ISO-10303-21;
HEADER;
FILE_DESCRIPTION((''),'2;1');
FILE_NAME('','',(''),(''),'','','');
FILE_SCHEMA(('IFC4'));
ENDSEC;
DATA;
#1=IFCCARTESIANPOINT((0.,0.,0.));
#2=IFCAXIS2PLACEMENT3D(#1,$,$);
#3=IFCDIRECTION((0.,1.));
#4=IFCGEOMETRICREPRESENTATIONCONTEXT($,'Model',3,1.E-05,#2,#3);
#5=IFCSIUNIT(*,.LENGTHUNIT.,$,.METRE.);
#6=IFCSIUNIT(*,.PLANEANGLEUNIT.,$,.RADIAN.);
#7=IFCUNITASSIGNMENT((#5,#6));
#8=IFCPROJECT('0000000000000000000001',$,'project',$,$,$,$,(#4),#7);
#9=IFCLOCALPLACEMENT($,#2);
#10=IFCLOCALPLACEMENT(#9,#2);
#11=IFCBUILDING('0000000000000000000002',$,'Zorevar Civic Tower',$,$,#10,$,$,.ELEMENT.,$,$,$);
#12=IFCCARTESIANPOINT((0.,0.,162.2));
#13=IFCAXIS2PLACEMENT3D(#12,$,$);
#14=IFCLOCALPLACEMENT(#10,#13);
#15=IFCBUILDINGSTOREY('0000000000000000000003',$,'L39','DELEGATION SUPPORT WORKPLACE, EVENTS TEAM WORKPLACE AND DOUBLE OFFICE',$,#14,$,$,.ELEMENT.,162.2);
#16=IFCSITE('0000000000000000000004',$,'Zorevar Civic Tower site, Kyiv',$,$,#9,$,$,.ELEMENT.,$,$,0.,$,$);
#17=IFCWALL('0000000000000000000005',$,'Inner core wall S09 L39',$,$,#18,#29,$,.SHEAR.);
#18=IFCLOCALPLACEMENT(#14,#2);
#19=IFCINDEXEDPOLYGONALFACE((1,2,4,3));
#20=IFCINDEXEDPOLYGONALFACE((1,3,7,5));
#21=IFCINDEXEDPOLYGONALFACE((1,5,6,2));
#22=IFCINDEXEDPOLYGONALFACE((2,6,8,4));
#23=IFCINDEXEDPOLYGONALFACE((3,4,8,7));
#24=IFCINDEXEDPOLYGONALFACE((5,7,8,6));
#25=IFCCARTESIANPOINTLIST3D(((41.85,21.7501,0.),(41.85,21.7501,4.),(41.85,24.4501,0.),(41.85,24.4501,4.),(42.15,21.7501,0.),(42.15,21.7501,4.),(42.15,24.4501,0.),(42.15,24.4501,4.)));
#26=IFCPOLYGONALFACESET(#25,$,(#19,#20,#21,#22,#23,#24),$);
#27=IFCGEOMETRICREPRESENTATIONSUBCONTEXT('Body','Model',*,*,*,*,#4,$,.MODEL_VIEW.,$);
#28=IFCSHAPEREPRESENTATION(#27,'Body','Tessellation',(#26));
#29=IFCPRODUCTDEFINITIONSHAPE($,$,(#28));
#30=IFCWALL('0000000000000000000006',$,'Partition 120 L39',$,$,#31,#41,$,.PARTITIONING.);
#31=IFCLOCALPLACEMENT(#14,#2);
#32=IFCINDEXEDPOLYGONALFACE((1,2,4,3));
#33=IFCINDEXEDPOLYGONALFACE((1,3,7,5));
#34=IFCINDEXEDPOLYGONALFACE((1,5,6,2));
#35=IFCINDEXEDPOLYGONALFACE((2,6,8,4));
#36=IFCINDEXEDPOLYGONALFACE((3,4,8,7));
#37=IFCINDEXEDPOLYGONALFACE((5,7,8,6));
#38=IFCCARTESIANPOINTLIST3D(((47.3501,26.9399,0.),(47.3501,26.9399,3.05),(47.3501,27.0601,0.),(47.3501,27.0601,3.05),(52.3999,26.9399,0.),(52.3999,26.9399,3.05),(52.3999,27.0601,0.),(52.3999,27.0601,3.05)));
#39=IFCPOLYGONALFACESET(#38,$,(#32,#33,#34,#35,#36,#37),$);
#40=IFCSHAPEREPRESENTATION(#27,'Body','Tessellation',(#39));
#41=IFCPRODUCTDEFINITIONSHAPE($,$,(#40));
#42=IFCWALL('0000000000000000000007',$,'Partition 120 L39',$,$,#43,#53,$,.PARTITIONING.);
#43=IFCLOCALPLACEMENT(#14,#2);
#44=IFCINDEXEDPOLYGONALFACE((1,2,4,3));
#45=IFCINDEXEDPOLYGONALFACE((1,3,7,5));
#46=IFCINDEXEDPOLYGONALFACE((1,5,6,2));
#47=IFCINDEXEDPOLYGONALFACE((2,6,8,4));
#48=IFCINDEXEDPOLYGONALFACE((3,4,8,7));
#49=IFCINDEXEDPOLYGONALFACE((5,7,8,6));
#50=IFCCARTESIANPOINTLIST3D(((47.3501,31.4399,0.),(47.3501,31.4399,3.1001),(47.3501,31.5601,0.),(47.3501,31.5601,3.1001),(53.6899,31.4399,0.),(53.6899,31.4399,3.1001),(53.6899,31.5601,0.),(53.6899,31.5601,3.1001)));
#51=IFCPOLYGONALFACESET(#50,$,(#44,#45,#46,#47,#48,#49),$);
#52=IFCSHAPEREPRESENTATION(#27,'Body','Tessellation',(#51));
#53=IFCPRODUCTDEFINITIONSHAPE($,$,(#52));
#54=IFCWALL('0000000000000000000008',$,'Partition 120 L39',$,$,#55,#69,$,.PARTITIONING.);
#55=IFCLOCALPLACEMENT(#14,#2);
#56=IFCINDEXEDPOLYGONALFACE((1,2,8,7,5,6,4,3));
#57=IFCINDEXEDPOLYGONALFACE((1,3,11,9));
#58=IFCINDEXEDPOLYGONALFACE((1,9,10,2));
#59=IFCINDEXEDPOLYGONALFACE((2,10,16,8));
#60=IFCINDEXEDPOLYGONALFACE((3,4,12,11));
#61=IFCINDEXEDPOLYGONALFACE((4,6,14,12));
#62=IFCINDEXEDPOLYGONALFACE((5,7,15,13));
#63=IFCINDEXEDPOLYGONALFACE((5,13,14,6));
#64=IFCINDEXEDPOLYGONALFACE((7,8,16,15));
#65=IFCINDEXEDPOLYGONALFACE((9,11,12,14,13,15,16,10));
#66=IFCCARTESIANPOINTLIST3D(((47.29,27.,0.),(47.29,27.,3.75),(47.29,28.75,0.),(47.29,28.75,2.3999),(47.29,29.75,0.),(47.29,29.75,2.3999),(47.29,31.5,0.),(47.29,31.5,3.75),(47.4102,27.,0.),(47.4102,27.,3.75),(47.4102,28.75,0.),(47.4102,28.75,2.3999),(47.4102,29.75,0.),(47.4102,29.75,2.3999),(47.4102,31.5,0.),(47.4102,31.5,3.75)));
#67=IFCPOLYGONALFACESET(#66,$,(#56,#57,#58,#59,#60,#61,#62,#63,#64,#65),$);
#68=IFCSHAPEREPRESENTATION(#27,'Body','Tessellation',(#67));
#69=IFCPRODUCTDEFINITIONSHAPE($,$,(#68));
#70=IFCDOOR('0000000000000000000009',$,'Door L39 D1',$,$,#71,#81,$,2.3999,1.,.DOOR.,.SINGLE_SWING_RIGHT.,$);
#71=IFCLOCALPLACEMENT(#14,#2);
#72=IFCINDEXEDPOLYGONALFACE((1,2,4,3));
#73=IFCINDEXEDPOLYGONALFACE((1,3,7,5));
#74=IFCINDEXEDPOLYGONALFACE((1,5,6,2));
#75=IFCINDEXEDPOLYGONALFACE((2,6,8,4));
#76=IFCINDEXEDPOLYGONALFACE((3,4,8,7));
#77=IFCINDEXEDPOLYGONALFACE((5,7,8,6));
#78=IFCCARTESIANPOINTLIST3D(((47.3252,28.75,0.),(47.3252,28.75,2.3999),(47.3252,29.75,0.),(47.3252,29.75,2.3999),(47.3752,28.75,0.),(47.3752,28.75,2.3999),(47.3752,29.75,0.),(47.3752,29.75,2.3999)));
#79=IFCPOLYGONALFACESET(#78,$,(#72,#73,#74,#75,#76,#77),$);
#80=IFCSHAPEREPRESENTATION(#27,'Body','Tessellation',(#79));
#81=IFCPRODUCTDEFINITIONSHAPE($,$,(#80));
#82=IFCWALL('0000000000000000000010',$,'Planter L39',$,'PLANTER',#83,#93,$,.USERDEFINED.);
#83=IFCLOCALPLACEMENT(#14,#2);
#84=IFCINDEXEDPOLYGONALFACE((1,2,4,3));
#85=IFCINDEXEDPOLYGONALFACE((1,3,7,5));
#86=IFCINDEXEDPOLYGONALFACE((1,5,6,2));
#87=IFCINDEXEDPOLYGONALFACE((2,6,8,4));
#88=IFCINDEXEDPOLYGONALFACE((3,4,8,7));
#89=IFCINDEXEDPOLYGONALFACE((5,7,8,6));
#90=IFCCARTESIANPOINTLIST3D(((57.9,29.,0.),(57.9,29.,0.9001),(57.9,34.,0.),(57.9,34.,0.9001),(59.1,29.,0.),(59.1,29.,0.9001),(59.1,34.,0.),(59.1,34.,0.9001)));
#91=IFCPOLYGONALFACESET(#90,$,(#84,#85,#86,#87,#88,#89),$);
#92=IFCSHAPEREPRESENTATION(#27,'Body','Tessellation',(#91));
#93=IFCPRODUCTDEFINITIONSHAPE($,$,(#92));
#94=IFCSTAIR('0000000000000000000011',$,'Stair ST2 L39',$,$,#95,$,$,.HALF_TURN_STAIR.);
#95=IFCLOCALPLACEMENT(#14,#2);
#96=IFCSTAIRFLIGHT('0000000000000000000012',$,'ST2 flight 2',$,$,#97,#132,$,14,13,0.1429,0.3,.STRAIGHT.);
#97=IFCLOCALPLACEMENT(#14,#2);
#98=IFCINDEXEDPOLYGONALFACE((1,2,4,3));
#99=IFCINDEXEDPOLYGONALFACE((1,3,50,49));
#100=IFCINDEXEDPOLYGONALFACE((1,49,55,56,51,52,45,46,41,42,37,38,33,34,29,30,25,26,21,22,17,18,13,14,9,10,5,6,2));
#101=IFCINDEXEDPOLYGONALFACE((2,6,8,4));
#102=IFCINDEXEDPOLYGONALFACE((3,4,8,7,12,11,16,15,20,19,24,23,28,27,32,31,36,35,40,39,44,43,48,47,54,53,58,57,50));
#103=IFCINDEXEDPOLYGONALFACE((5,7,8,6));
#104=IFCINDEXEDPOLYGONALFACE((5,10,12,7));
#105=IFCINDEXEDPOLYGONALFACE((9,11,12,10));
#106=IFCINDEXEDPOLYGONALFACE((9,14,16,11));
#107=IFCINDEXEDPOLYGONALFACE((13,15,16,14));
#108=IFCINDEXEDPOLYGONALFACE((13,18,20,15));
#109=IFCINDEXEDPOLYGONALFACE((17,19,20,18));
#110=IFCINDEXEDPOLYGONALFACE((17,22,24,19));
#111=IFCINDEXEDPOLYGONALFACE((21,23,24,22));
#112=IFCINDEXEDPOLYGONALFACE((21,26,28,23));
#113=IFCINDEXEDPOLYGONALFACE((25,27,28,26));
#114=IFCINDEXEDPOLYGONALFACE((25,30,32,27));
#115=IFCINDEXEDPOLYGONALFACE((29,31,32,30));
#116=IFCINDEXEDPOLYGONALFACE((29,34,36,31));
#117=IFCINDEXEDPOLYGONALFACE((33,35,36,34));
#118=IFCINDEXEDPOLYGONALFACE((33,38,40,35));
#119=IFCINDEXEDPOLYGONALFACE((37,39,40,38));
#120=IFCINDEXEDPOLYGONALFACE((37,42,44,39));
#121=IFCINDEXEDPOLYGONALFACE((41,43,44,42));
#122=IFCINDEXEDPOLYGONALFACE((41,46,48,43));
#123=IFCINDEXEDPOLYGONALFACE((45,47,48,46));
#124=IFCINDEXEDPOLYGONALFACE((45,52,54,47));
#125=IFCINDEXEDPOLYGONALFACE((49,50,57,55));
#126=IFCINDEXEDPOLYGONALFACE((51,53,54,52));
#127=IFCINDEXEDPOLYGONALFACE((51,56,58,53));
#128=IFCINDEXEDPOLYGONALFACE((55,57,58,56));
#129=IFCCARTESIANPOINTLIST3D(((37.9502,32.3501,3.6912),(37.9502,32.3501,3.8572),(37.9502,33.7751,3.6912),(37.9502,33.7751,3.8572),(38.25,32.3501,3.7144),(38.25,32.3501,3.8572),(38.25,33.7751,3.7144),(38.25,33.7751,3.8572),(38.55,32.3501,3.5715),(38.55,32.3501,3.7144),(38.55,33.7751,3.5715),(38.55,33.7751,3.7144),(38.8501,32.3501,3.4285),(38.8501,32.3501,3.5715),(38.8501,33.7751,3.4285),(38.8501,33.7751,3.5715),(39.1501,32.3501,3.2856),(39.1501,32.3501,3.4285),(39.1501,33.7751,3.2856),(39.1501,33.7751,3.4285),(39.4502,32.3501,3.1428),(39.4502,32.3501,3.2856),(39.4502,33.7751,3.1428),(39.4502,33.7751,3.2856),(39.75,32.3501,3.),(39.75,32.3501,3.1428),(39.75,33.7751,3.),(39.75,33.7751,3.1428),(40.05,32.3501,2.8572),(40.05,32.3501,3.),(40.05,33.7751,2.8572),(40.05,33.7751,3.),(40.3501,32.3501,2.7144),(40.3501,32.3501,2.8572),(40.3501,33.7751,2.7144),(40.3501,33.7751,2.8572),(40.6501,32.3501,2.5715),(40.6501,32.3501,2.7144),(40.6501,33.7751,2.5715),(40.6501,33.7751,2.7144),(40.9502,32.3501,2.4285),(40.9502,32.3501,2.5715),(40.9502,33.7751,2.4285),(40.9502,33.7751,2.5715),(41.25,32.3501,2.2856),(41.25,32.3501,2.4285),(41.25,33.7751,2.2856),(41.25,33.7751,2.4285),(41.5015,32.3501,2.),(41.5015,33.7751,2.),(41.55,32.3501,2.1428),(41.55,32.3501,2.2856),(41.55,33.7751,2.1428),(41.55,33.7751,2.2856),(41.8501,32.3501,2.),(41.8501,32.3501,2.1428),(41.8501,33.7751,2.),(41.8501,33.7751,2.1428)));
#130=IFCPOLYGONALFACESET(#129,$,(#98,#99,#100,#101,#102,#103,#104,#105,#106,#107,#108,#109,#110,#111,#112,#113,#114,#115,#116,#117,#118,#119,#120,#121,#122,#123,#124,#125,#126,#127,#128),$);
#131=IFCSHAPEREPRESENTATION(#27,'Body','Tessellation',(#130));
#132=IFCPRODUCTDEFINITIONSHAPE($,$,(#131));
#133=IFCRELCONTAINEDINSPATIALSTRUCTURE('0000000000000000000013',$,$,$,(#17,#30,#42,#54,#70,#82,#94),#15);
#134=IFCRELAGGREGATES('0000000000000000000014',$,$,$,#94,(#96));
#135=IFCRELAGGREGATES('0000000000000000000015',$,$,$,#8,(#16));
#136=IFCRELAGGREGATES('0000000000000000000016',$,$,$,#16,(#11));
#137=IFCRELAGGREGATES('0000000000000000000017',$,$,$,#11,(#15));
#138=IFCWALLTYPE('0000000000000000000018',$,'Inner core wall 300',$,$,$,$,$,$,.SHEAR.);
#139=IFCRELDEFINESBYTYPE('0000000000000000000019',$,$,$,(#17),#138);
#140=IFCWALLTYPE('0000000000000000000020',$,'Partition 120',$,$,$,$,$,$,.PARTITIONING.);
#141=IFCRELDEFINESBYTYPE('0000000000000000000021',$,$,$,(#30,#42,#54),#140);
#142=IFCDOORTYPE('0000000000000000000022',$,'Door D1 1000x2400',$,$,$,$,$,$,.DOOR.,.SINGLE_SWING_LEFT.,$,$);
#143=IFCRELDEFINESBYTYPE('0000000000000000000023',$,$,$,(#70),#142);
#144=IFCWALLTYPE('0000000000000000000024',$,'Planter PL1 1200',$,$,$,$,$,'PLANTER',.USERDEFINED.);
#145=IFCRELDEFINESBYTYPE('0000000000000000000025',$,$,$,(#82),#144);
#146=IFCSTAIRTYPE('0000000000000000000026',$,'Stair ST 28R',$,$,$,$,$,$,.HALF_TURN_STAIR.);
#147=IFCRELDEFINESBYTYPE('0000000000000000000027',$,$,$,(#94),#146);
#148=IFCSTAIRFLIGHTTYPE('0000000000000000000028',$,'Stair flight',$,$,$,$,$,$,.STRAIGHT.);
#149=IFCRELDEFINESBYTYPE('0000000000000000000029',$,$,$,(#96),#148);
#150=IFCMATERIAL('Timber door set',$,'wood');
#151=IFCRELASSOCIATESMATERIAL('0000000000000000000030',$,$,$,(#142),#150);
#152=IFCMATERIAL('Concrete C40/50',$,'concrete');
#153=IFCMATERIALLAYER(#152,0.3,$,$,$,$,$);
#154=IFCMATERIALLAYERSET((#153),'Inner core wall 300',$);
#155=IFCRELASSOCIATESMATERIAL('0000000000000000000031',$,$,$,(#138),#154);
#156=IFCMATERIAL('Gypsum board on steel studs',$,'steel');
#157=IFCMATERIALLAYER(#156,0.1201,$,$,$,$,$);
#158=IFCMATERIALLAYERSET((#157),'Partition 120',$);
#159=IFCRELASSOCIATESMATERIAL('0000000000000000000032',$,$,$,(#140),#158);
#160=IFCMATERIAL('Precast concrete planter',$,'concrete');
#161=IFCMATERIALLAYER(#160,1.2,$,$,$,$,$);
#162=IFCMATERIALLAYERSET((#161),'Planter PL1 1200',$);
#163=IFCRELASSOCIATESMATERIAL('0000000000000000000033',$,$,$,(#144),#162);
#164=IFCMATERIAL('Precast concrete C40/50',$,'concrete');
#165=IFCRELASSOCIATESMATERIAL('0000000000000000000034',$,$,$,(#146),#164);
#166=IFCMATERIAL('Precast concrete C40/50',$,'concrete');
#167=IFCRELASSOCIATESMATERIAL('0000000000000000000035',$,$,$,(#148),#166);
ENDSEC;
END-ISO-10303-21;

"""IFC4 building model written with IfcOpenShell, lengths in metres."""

from ifc_helpers import new_model, si_unit, direction, frame, frame_2d, origin, place, context, subcontext, project, spatial, polyline, rectangle, outline, extrude, material, layer, layer_set, type_object, element, fill, aggregate, save


model = new_model("IFC4")

# Units and contexts
model_context = context("Model", 3, precision=1e-05, world=origin(), true_north=direction((0.0, 1.0)))
body_context = subcontext(model_context, "Body", "Model", "MODEL_VIEW")
ifc_project = project(units=[si_unit("LENGTHUNIT", "METRE"), si_unit("PLANEANGLEUNIT", "RADIAN")], contexts=[model_context])

# Site, building, storey
site_placement = place(None, origin())
site = spatial("IfcSite", under=ifc_project, at=site_placement, Name="Zorevar Civic Tower site, Kyiv", CompositionType="ELEMENT", RefElevation=0.0)
building_placement = place(site_placement, origin())
building = spatial("IfcBuilding", under=site, at=building_placement, Name="Zorevar Civic Tower", CompositionType="ELEMENT")
storey_placement = place(building_placement, frame((0.0, 0.0, 162.2)))
storey = spatial("IfcBuildingStorey", under=building, at=storey_placement, Name="L39", Description="DELEGATION SUPPORT WORKPLACE, EVENTS TEAM WORKPLACE AND DOUBLE OFFICE", CompositionType="ELEMENT", Elevation=162.2)

# Shared definitions
ifc_material_1 = material(Name="Timber door set", Category="wood")
door_type_1 = type_object("IfcDoorType", Name="Door D1 1000x2400", OperationType="SINGLE_SWING_LEFT", PredefinedType="DOOR", material=ifc_material_1)

# Shared definitions
ifc_material_2 = material(Name="Concrete C40/50", Category="concrete")
ifc_layer_1 = layer(ifc_material_2, 0.3)
ifc_layer_set_1 = layer_set([ifc_layer_1], Name="Inner core wall 300")
wall_type_1 = type_object("IfcWallType", Name="Inner core wall 300", PredefinedType="SHEAR", material=ifc_layer_set_1)

# Walls
wall_1_placement = place(storey_placement, frame((42.0, 21.75, 0.0), z_axis=(0.0, 0.0, 1.0), x_axis=(0.0, 1.0, 0.0)))
element("IfcWall", 1, at=wall_1_placement, inside=storey, type_object=wall_type_1, Name="Inner core wall S09 L39", PredefinedType="SHEAR", context=body_context, shape_type="SweptSolid", body=[
    extrude(rectangle(XDim=2.7, YDim=0.3, at=frame_2d((1.3501, 0.0))), origin(), (0.0, 0.0, 1.0), 4.0),
])
ifc_material_3 = material(Name="Gypsum board on steel studs", Category="steel")
ifc_layer_2 = layer(ifc_material_3, 0.1201)
ifc_layer_set_2 = layer_set([ifc_layer_2], Name="Partition 120")
wall_type_2 = type_object("IfcWallType", Name="Partition 120", PredefinedType="PARTITIONING", material=ifc_layer_set_2)
wall_2_placement = place(storey_placement, frame((47.3501, 27.0, 0.0), z_axis=(0.0, 0.0, 1.0), x_axis=(1.0, 0.0, 0.0)))
element("IfcWall", 2, at=wall_2_placement, inside=storey, type_object=wall_type_2, Name="Partition 120 L39", PredefinedType="PARTITIONING", context=body_context, shape_type="SweptSolid", body=[
    extrude(rectangle(XDim=5.0498, YDim=0.1201, at=frame_2d((2.5249, 0.0))), origin(), (0.0, 0.0, 1.0), 3.05),
])
wall_3_placement = place(storey_placement, frame((47.3501, 31.5, 0.0), z_axis=(0.0, 0.0, 1.0), x_axis=(1.0, 0.0, 0.0)))
element("IfcWall", 3, at=wall_3_placement, inside=storey, type_object=wall_type_2, Name="Partition 120 L39", PredefinedType="PARTITIONING", context=body_context, shape_type="SweptSolid", body=[
    extrude(rectangle(XDim=6.3398, YDim=0.1201, at=frame_2d((3.1699, 0.0))), origin(), (0.0, 0.0, 1.0), 3.1001),
])

# Wall, opening, door
wall_4_placement = place(storey_placement, frame((47.3501, 27.0, 0.0), z_axis=(0.0, 0.0, 1.0), x_axis=(0.0, 1.0, 0.0)))
wall_4 = element("IfcWall", 4, at=wall_4_placement, inside=storey, type_object=wall_type_2, Name="Partition 120 L39", PredefinedType="PARTITIONING", context=body_context, shape_type="SweptSolid", body=[
    extrude(rectangle(XDim=4.5, YDim=0.1201, at=frame_2d((2.25, 0.0))), origin(), (0.0, 0.0, 1.0), 3.75),
])
opening_1_placement = place(wall_4_placement, frame((1.75, 0.0, 0.0)))
opening_1 = element("IfcOpeningElement", 5, at=opening_1_placement, cuts=wall_4, PredefinedType="OPENING", context=body_context, shape_type="SweptSolid", body=[
    extrude(rectangle(XDim=1.0, YDim=2.3999, at=frame_2d((0.5, 1.2))), frame((0.0, 0.0701, 0.0), z_axis=(0.0, -1.0, 0.0), x_axis=(1.0, 0.0, 0.0)), (0.0, 0.0, 1.0), 0.1401),
])
door_1_placement = place(opening_1_placement, origin())
door_1 = element("IfcDoor", 6, at=door_1_placement, inside=storey, type_object=door_type_1, Name="Door L39 D1", OperationType="SINGLE_SWING_RIGHT", OverallHeight=2.3999, OverallWidth=1.0, PredefinedType="DOOR", context=body_context, shape_type="SweptSolid", body=[
    extrude(rectangle(XDim=1.0, YDim=2.3999, at=frame_2d((0.5, 1.2))), frame((0.0, 0.0249, 0.0), z_axis=(0.0, -1.0, 0.0), x_axis=(1.0, 0.0, 0.0)), (0.0, 0.0, 1.0), 0.05),
])
fill(opening_1, door_1)

# Wall
ifc_material_4 = material(Name="Precast concrete planter", Category="concrete")
ifc_layer_3 = layer(ifc_material_4, 1.2)
ifc_layer_set_3 = layer_set([ifc_layer_3], Name="Planter PL1 1200")
wall_type_3 = type_object("IfcWallType", Name="Planter PL1 1200", ElementType="PLANTER", PredefinedType="USERDEFINED", material=ifc_layer_set_3)
wall_5_placement = place(storey_placement, frame((58.5, 29.0, 0.0), z_axis=(0.0, 0.0, 1.0), x_axis=(0.0, 1.0, 0.0)))
element("IfcWall", 7, at=wall_5_placement, inside=storey, type_object=wall_type_3, Name="Planter L39", ObjectType="PLANTER", PredefinedType="USERDEFINED", context=body_context, shape_type="SweptSolid", body=[
    extrude(rectangle(XDim=5.0, YDim=1.2, at=frame_2d((2.5, 0.0))), origin(), (0.0, 0.0, 1.0), 0.9001),
])

# Stair, stair flight
ifc_material_5 = material(Name="Precast concrete C40/50", Category="concrete")
stair_type = type_object("IfcStairType", Name="Stair ST 28R", PredefinedType="HALF_TURN_STAIR", material=ifc_material_5)
stair_placement = place(storey_placement, origin())
stair = element("IfcStair", 8, at=stair_placement, inside=storey, type_object=stair_type, Name="Stair ST2 L39", PredefinedType="HALF_TURN_STAIR")
ifc_material_6 = material(Name="Precast concrete C40/50", Category="concrete")
stair_flight_type = type_object("IfcStairFlightType", Name="Stair flight", PredefinedType="STRAIGHT", material=ifc_material_6)
stair_flight_placement = place(storey_placement, frame((41.8501, 33.0625, 2.0), z_axis=(0.0, 0.0, 1.0), x_axis=(-1.0, 0.0, 0.0)))
stair_flight = element("IfcStairFlight", 9, at=stair_flight_placement, type_object=stair_flight_type, Name="ST2 flight 2", NumberOfRisers=14, NumberOfTreads=13, PredefinedType="STRAIGHT", RiserHeight=0.1429, TreadLength=0.3, context=body_context, shape_type="SweptSolid", body=[
    extrude(outline(polyline([(0.0, 0.0), (0.0, 0.1428), (0.3, 0.1428), (0.3, 0.2856), (0.6001, 0.2856), (0.6001, 0.4285), (0.8999, 0.4285), (0.8999, 0.5715), (1.2, 0.5715), (1.2, 0.7144), (1.5, 0.7144), (1.5, 0.8572), (1.8, 0.8572), (1.8, 1.0), (2.1001, 1.0), (2.1001, 1.1428), (2.3999, 1.1428), (2.3999, 1.2856), (2.7, 1.2856), (2.7, 1.4285), (3.0, 1.4285), (3.0, 1.5715), (3.3, 1.5715), (3.3, 1.7144), (3.6001, 1.7144), (3.6001, 1.8572), (3.8999, 1.8572), (3.8999, 2.0), (3.8999, 1.6912), (0.3486, 0.0), (0.0, 0.0)])), frame((0.0, 0.7124, 0.0), z_axis=(0.0, -1.0, 0.0), x_axis=(1.0, 0.0, 0.0)), (0.0, 0.0, 1.0), 1.425),
])
aggregate(stair, [stair_flight])

save(model, "model.ifc")
